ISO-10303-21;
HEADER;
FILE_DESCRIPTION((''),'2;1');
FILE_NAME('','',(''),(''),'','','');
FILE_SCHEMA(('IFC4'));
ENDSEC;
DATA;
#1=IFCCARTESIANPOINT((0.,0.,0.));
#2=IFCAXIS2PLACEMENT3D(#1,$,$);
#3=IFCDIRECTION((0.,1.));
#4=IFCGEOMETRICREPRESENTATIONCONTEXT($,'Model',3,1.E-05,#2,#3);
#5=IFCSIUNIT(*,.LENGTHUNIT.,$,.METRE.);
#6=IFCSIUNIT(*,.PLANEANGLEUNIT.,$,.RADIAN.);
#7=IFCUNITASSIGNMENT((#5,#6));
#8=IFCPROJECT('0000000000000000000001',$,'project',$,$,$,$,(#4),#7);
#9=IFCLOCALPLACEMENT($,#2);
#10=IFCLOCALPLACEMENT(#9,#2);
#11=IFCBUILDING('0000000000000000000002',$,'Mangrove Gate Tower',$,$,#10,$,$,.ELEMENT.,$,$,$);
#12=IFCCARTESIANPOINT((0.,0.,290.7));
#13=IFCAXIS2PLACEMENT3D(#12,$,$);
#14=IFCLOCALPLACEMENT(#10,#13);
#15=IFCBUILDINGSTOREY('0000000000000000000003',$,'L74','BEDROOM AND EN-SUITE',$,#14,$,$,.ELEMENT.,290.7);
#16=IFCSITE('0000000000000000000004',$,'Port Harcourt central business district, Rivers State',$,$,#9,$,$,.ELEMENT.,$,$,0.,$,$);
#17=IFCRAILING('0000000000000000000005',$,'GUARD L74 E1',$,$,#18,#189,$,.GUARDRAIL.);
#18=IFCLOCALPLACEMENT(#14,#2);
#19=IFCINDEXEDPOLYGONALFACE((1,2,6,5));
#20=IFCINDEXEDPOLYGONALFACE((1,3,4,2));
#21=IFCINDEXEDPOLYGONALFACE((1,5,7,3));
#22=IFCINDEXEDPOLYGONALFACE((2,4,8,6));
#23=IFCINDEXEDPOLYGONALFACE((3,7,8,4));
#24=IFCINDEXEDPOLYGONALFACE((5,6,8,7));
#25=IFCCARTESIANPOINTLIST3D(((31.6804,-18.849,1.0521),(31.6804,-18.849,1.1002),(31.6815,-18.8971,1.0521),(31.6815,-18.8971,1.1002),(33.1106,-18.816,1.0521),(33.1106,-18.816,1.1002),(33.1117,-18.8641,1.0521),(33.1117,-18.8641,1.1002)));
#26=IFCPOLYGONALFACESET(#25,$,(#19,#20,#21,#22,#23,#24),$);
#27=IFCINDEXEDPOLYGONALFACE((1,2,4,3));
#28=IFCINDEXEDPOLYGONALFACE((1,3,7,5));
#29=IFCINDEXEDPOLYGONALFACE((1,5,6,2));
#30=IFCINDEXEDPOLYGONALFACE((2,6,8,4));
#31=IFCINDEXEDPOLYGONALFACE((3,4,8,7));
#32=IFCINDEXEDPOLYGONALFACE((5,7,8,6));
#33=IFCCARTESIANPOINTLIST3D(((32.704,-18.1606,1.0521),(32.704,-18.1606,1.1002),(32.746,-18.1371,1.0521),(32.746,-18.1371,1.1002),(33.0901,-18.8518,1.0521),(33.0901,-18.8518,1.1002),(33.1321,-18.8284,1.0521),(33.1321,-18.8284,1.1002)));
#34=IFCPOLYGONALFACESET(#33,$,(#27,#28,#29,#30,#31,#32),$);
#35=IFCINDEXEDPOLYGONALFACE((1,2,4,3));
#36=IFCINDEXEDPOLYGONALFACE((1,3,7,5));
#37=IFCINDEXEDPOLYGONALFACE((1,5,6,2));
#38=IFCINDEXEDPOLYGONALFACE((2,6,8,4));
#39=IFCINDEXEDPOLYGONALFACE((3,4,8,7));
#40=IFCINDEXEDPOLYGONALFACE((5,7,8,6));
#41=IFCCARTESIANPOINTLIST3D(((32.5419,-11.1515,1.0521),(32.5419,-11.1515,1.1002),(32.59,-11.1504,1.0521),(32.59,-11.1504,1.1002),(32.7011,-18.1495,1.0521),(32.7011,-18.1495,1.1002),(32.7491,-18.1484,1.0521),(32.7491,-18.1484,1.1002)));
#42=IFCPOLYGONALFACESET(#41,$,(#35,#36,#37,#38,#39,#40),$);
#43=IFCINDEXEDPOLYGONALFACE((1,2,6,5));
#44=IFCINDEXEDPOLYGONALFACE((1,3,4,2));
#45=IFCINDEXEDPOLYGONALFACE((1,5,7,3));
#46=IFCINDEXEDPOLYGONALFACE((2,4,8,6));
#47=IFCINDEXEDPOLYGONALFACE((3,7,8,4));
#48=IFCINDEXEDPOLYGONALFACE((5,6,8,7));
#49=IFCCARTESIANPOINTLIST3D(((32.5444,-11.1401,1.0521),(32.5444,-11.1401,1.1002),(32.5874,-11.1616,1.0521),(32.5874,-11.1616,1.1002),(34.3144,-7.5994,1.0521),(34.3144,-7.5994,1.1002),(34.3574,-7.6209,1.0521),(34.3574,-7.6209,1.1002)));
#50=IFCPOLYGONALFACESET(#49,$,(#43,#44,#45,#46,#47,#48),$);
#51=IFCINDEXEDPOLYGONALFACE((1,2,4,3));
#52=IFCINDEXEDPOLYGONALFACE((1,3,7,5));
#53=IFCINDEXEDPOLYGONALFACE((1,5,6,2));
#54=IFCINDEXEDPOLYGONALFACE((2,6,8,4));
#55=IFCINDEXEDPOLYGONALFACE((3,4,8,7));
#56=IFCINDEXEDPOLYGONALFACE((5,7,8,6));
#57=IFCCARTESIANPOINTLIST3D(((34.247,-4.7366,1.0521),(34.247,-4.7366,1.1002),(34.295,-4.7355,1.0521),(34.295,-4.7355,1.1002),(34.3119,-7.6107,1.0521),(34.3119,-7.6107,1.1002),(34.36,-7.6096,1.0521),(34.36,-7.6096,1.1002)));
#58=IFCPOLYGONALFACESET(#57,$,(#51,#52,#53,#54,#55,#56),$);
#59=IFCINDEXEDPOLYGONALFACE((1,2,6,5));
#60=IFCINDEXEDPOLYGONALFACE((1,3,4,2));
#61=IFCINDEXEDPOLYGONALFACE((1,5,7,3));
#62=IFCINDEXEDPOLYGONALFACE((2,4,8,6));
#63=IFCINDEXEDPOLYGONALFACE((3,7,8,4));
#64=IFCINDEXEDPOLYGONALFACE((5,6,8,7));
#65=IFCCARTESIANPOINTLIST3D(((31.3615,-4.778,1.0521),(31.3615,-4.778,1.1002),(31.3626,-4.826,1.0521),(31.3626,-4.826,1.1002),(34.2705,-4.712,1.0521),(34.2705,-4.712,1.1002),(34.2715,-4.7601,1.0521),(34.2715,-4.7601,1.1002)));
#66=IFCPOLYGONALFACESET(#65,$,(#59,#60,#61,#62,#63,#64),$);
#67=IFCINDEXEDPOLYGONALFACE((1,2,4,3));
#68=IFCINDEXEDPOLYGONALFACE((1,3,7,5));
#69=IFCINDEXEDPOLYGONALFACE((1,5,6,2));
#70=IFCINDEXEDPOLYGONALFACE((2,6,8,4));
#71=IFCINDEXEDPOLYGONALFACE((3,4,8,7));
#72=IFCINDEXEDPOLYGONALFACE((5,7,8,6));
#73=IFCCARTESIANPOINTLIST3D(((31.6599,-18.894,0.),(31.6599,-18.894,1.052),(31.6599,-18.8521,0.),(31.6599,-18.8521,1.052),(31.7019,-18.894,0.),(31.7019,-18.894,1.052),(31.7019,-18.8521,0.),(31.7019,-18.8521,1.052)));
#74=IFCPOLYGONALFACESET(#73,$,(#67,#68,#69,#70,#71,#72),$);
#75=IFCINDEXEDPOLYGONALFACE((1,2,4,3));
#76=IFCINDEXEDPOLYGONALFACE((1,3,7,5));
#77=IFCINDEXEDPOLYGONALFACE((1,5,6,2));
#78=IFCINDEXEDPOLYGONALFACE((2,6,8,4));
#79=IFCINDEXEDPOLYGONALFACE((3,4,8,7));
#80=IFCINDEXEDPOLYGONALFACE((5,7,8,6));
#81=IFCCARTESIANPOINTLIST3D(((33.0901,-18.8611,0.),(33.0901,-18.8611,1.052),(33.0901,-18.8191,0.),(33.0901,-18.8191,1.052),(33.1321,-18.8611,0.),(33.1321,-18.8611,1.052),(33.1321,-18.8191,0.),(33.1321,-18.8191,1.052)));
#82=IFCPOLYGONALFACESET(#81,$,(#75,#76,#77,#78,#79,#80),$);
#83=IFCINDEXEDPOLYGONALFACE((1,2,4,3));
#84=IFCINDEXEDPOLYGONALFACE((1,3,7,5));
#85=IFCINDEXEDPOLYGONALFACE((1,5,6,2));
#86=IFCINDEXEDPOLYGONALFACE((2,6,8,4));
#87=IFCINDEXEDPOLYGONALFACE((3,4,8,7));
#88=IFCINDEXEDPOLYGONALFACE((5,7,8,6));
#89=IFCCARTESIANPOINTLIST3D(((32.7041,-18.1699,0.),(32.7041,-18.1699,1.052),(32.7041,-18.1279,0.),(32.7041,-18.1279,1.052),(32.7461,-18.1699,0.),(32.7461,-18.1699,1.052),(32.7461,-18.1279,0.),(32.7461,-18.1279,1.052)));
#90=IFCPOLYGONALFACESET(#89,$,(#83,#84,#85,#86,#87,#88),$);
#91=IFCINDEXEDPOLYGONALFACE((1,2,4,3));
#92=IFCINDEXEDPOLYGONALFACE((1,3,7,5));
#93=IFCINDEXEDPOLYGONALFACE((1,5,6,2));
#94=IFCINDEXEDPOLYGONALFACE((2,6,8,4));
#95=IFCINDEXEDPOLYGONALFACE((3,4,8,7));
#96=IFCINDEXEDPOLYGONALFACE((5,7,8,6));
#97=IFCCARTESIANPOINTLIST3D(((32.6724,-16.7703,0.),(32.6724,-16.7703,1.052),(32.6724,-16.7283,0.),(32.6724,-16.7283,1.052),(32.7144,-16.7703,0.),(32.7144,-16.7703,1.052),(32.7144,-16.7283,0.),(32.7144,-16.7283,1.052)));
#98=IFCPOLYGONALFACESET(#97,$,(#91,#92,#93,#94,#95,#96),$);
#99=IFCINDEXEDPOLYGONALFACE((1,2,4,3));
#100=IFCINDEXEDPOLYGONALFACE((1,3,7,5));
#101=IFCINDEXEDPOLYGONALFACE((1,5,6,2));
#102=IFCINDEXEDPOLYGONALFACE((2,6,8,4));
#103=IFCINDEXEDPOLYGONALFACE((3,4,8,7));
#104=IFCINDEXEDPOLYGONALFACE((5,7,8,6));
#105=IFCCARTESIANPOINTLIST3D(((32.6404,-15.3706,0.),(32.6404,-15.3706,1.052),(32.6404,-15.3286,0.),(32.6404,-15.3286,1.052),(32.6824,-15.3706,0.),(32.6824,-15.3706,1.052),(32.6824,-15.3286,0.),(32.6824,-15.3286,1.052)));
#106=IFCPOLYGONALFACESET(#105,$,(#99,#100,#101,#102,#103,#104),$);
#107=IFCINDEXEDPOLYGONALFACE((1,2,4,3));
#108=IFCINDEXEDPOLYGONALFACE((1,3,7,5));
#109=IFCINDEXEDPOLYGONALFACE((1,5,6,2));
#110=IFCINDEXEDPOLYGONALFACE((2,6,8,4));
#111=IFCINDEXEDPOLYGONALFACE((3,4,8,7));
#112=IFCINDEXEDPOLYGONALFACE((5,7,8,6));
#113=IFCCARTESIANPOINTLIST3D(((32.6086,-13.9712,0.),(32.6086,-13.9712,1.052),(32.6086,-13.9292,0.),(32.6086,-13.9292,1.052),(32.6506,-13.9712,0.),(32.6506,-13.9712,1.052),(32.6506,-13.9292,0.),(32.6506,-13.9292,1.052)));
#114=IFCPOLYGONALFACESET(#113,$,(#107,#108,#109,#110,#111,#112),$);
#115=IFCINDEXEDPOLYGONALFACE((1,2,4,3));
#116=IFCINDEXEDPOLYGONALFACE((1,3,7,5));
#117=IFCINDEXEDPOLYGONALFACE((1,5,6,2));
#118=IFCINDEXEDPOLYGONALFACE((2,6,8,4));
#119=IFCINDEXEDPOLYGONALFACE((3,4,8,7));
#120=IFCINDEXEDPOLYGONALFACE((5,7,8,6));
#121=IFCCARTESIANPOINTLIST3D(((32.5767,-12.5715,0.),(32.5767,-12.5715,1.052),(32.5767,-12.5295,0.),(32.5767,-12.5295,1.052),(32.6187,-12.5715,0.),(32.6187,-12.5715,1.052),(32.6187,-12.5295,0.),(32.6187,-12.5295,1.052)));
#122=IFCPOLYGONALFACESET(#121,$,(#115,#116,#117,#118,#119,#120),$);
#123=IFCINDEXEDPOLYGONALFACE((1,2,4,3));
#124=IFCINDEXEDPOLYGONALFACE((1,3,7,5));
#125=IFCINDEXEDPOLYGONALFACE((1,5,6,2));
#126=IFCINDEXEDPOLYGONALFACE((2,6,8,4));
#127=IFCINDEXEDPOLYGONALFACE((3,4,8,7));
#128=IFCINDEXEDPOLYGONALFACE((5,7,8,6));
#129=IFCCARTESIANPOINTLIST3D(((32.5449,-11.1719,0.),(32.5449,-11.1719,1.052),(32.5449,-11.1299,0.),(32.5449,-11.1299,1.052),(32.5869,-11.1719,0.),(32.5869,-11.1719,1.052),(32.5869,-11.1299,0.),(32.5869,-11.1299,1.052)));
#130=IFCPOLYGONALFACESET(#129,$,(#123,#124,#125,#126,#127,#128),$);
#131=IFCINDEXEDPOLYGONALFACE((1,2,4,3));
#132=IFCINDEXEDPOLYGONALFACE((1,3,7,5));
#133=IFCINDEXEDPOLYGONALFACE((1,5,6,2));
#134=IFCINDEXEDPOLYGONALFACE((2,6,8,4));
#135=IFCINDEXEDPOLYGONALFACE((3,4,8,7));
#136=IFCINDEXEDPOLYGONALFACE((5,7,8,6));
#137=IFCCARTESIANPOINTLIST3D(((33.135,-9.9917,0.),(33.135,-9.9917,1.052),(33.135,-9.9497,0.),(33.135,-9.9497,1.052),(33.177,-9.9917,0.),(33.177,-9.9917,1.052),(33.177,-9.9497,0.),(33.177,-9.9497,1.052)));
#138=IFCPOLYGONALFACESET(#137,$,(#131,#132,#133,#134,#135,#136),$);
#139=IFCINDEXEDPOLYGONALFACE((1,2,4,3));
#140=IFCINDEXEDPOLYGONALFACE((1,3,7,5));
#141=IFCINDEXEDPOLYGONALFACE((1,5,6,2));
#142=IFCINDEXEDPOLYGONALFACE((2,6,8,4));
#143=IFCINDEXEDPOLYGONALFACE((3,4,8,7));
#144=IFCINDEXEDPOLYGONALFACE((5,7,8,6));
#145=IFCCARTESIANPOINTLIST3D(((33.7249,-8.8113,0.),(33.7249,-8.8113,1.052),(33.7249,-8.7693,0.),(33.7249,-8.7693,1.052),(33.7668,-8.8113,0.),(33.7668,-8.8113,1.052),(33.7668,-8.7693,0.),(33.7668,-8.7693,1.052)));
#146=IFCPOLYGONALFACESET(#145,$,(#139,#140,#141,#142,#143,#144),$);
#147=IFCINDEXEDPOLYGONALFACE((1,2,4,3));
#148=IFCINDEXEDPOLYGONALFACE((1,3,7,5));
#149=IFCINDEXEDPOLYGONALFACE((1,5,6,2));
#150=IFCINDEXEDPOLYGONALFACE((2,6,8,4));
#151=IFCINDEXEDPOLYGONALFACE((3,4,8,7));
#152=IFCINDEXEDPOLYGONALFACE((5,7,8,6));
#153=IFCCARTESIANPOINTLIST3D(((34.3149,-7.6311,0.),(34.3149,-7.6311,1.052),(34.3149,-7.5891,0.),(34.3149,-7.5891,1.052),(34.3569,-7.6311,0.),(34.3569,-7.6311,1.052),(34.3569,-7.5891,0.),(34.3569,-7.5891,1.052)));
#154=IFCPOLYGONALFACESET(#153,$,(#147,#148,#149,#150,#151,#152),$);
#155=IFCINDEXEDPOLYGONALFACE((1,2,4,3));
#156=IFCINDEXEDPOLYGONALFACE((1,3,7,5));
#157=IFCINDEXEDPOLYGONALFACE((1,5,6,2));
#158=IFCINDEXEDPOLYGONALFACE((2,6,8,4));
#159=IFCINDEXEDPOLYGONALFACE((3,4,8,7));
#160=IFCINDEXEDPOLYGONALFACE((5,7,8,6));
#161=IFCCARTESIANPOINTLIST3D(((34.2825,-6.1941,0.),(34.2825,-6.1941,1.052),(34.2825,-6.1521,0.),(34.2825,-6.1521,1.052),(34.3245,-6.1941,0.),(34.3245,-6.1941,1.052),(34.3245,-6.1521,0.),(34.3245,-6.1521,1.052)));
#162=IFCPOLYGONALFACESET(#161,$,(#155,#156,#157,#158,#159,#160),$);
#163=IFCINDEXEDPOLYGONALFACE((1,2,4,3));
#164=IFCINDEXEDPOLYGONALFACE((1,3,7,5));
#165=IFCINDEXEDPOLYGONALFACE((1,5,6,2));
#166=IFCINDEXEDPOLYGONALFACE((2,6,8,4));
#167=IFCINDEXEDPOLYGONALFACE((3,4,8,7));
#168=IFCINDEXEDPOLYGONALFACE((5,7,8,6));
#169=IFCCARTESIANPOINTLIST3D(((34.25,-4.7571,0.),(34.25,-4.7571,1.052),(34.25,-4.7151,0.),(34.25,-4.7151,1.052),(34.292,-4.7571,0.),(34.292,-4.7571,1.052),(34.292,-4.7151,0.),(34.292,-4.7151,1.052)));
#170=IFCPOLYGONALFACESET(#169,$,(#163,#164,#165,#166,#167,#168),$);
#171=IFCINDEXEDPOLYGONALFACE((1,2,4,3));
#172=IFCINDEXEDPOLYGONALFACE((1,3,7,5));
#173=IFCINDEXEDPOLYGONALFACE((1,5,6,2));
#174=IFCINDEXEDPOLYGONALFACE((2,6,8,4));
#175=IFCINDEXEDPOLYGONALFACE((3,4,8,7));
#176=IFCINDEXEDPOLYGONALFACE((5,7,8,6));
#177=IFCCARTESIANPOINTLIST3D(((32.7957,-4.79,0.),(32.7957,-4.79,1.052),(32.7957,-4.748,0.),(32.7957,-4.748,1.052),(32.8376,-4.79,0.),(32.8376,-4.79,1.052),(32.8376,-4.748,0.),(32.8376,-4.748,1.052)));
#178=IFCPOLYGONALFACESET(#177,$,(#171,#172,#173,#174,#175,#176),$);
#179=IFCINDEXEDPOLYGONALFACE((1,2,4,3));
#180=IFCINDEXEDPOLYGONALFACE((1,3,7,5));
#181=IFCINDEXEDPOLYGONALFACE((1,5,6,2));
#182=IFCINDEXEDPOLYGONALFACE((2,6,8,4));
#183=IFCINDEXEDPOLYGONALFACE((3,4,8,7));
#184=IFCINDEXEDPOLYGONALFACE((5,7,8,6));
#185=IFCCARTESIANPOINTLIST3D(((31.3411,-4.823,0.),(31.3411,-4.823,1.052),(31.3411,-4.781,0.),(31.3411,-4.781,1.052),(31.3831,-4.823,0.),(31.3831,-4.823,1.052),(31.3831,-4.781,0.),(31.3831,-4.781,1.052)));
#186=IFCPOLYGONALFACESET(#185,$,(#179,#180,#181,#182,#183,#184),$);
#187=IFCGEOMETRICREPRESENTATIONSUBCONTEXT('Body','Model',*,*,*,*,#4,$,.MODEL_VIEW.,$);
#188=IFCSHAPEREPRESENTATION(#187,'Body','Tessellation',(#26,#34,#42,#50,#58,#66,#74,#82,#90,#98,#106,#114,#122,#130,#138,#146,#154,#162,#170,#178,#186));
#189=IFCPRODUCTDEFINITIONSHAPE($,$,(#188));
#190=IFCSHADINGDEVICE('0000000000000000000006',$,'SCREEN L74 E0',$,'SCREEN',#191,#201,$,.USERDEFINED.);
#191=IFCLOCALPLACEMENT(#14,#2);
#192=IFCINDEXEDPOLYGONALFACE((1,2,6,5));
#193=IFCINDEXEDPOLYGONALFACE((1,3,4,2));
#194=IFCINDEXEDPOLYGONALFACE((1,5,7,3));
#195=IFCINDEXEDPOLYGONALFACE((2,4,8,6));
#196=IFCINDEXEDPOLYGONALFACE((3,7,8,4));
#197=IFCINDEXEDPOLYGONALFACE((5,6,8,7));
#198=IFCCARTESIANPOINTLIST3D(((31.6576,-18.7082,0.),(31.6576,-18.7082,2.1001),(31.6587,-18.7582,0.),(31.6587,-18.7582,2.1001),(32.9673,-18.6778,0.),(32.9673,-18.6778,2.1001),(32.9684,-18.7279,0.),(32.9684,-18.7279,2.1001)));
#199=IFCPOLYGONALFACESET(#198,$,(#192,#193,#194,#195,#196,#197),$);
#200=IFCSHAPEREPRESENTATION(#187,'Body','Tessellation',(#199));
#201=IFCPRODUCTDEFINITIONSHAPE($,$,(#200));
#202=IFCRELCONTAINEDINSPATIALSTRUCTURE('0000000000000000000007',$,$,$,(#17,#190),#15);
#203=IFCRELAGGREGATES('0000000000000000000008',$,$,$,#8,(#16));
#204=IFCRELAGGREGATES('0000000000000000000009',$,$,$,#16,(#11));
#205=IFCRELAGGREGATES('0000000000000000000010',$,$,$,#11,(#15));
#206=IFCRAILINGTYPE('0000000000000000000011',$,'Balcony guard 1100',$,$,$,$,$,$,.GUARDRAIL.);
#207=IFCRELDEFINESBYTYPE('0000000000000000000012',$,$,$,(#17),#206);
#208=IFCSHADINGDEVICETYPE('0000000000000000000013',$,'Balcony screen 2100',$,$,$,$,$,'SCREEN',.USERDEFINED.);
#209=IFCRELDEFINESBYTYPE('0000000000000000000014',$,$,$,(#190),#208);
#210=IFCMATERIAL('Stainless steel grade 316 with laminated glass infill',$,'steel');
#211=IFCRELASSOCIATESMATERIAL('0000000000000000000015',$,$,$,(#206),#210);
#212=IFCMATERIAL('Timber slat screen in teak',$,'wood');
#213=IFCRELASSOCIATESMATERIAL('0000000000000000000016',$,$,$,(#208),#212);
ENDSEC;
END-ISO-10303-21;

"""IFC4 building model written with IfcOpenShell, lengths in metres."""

from ifc_helpers import new_model, si_unit, direction, frame, origin, origin_2d, place, context, subcontext, project, spatial, rectangle, extrude, material, type_object, element, save


model = new_model("IFC4")

# Units and contexts
model_context = context("Model", 3, precision=1e-05, world=origin(), true_north=direction((0.0, 1.0)))
body_context = subcontext(model_context, "Body", "Model", "MODEL_VIEW")
ifc_project = project(units=[si_unit("LENGTHUNIT", "METRE"), si_unit("PLANEANGLEUNIT", "RADIAN")], contexts=[model_context])

# Site, building, storey
site_placement = place(None, origin())
site = spatial("IfcSite", under=ifc_project, at=site_placement, Name="Port Harcourt central business district, Rivers State", CompositionType="ELEMENT", RefElevation=0.0)
building_placement = place(site_placement, origin())
building = spatial("IfcBuilding", under=site, at=building_placement, Name="Mangrove Gate Tower", CompositionType="ELEMENT")
storey_placement = place(building_placement, frame((0.0, 0.0, 290.7)))
storey = spatial("IfcBuildingStorey", under=building, at=storey_placement, Name="L74", Description="BEDROOM AND EN-SUITE", CompositionType="ELEMENT", Elevation=290.7)

# Railing
ifc_material_1 = material(Name="Stainless steel grade 316 with laminated glass infill", Category="steel")
railing_type = type_object("IfcRailingType", Name="Balcony guard 1100", PredefinedType="GUARDRAIL", material=ifc_material_1)
railing_placement = place(storey_placement, frame((31.6809, -18.873, 0.0)))
element("IfcRailing", 1, at=railing_placement, inside=storey, type_object=railing_type, Name="GUARD L74 E1", PredefinedType="GUARDRAIL", context=body_context, shape_type="SweptSolid", body=[
    extrude(rectangle(XDim=0.0481, YDim=0.0481, at=origin_2d()), frame((0.0, 0.0, 1.0762), z_axis=(0.999735, 0.023039, 0.0), x_axis=(-0.023039, 0.999735, 0.0)), (0.0, 0.0, 1.0), 1.4307),
    extrude(rectangle(XDim=0.0481, YDim=0.0481, at=origin_2d()), frame((1.4302, 0.033, 1.0762), z_axis=(-0.487579, 0.873079, 0.0), x_axis=(-0.873079, -0.487579, 0.0)), (0.0, 0.0, 1.0), 0.7917),
    extrude(rectangle(XDim=0.0481, YDim=0.0481, at=origin_2d()), frame((1.0442, 0.7241, 1.0762), z_axis=(-0.02274, 0.999741, 0.0), x_axis=(-0.999741, -0.02274, 0.0)), (0.0, 0.0, 1.0), 6.9998),
    extrude(rectangle(XDim=0.0481, YDim=0.0481, at=origin_2d()), frame((0.885, 7.7222, 1.0762), z_axis=(0.44714, 0.894464, 0.0), x_axis=(-0.894464, 0.44714, 0.0)), (0.0, 0.0, 1.0), 3.9585),
    extrude(rectangle(XDim=0.0481, YDim=0.0481, at=origin_2d()), frame((2.655, 11.2629, 1.0762), z_axis=(-0.02259, 0.999745, 0.0), x_axis=(-0.999745, -0.02259, 0.0)), (0.0, 0.0, 1.0), 2.8748),
    extrude(rectangle(XDim=0.0481, YDim=0.0481, at=origin_2d()), frame((2.5901, 14.137, 1.0762), z_axis=(-0.999743, -0.022655, 0.0), x_axis=(0.022655, -0.999743, 0.0)), (0.0, 0.0, 1.0), 2.9097),
    extrude(rectangle(XDim=0.042, YDim=0.042, at=origin_2d()), origin(), (0.0, 0.0, 1.0), 1.052),
    extrude(rectangle(XDim=0.042, YDim=0.042, at=origin_2d()), frame((1.4302, 0.033, 0.0)), (0.0, 0.0, 1.0), 1.052),
    extrude(rectangle(XDim=0.042, YDim=0.042, at=origin_2d()), frame((1.0442, 0.7241, 0.0)), (0.0, 0.0, 1.0), 1.052),
    extrude(rectangle(XDim=0.042, YDim=0.042, at=origin_2d()), frame((1.0125, 2.1238, 0.0)), (0.0, 0.0, 1.0), 1.052),
    extrude(rectangle(XDim=0.042, YDim=0.042, at=origin_2d()), frame((0.9805, 3.5234, 0.0)), (0.0, 0.0, 1.0), 1.052),
    extrude(rectangle(XDim=0.042, YDim=0.042, at=origin_2d()), frame((0.9487, 4.9229, 0.0)), (0.0, 0.0, 1.0), 1.052),
    extrude(rectangle(XDim=0.042, YDim=0.042, at=origin_2d()), frame((0.9167, 6.3225, 0.0)), (0.0, 0.0, 1.0), 1.052),
    extrude(rectangle(XDim=0.042, YDim=0.042, at=origin_2d()), frame((0.885, 7.7222, 0.0)), (0.0, 0.0, 1.0), 1.052),
    extrude(rectangle(XDim=0.042, YDim=0.042, at=origin_2d()), frame((1.4751, 8.9023, 0.0)), (0.0, 0.0, 1.0), 1.052),
    extrude(rectangle(XDim=0.042, YDim=0.042, at=origin_2d()), frame((2.0649, 10.0828, 0.0)), (0.0, 0.0, 1.0), 1.052),
    extrude(rectangle(XDim=0.042, YDim=0.042, at=origin_2d()), frame((2.655, 11.2629, 0.0)), (0.0, 0.0, 1.0), 1.052),
    extrude(rectangle(XDim=0.042, YDim=0.042, at=origin_2d()), frame((2.6226, 12.7, 0.0)), (0.0, 0.0, 1.0), 1.052),
    extrude(rectangle(XDim=0.042, YDim=0.042, at=origin_2d()), frame((2.5901, 14.137, 0.0)), (0.0, 0.0, 1.0), 1.052),
    extrude(rectangle(XDim=0.042, YDim=0.042, at=origin_2d()), frame((1.1357, 14.104, 0.0)), (0.0, 0.0, 1.0), 1.052),
    extrude(rectangle(XDim=0.042, YDim=0.042, at=origin_2d()), frame((-0.3188, 14.071, 0.0)), (0.0, 0.0, 1.0), 1.052),
])

# Shading device
ifc_material_2 = material(Name="Timber slat screen in teak", Category="wood")
shading_device_type = type_object("IfcShadingDeviceType", Name="Balcony screen 2100", ElementType="SCREEN", PredefinedType="USERDEFINED", material=ifc_material_2)
shading_device_placement = place(storey_placement, frame((32.313, -18.718, 0.0), z_axis=(0.0, 0.0, 1.0), x_axis=(0.999731, 0.023176, 0.0)))
element("IfcShadingDevice", 2, at=shading_device_placement, inside=storey, type_object=shading_device_type, Name="SCREEN L74 E0", ObjectType="SCREEN", PredefinedType="USERDEFINED", context=body_context, shape_type="SweptSolid", body=[
    extrude(rectangle(XDim=1.3101, YDim=0.05, at=origin_2d()), origin(), (0.0, 0.0, 1.0), 2.1001),
])

save(model, "model.ifc")
